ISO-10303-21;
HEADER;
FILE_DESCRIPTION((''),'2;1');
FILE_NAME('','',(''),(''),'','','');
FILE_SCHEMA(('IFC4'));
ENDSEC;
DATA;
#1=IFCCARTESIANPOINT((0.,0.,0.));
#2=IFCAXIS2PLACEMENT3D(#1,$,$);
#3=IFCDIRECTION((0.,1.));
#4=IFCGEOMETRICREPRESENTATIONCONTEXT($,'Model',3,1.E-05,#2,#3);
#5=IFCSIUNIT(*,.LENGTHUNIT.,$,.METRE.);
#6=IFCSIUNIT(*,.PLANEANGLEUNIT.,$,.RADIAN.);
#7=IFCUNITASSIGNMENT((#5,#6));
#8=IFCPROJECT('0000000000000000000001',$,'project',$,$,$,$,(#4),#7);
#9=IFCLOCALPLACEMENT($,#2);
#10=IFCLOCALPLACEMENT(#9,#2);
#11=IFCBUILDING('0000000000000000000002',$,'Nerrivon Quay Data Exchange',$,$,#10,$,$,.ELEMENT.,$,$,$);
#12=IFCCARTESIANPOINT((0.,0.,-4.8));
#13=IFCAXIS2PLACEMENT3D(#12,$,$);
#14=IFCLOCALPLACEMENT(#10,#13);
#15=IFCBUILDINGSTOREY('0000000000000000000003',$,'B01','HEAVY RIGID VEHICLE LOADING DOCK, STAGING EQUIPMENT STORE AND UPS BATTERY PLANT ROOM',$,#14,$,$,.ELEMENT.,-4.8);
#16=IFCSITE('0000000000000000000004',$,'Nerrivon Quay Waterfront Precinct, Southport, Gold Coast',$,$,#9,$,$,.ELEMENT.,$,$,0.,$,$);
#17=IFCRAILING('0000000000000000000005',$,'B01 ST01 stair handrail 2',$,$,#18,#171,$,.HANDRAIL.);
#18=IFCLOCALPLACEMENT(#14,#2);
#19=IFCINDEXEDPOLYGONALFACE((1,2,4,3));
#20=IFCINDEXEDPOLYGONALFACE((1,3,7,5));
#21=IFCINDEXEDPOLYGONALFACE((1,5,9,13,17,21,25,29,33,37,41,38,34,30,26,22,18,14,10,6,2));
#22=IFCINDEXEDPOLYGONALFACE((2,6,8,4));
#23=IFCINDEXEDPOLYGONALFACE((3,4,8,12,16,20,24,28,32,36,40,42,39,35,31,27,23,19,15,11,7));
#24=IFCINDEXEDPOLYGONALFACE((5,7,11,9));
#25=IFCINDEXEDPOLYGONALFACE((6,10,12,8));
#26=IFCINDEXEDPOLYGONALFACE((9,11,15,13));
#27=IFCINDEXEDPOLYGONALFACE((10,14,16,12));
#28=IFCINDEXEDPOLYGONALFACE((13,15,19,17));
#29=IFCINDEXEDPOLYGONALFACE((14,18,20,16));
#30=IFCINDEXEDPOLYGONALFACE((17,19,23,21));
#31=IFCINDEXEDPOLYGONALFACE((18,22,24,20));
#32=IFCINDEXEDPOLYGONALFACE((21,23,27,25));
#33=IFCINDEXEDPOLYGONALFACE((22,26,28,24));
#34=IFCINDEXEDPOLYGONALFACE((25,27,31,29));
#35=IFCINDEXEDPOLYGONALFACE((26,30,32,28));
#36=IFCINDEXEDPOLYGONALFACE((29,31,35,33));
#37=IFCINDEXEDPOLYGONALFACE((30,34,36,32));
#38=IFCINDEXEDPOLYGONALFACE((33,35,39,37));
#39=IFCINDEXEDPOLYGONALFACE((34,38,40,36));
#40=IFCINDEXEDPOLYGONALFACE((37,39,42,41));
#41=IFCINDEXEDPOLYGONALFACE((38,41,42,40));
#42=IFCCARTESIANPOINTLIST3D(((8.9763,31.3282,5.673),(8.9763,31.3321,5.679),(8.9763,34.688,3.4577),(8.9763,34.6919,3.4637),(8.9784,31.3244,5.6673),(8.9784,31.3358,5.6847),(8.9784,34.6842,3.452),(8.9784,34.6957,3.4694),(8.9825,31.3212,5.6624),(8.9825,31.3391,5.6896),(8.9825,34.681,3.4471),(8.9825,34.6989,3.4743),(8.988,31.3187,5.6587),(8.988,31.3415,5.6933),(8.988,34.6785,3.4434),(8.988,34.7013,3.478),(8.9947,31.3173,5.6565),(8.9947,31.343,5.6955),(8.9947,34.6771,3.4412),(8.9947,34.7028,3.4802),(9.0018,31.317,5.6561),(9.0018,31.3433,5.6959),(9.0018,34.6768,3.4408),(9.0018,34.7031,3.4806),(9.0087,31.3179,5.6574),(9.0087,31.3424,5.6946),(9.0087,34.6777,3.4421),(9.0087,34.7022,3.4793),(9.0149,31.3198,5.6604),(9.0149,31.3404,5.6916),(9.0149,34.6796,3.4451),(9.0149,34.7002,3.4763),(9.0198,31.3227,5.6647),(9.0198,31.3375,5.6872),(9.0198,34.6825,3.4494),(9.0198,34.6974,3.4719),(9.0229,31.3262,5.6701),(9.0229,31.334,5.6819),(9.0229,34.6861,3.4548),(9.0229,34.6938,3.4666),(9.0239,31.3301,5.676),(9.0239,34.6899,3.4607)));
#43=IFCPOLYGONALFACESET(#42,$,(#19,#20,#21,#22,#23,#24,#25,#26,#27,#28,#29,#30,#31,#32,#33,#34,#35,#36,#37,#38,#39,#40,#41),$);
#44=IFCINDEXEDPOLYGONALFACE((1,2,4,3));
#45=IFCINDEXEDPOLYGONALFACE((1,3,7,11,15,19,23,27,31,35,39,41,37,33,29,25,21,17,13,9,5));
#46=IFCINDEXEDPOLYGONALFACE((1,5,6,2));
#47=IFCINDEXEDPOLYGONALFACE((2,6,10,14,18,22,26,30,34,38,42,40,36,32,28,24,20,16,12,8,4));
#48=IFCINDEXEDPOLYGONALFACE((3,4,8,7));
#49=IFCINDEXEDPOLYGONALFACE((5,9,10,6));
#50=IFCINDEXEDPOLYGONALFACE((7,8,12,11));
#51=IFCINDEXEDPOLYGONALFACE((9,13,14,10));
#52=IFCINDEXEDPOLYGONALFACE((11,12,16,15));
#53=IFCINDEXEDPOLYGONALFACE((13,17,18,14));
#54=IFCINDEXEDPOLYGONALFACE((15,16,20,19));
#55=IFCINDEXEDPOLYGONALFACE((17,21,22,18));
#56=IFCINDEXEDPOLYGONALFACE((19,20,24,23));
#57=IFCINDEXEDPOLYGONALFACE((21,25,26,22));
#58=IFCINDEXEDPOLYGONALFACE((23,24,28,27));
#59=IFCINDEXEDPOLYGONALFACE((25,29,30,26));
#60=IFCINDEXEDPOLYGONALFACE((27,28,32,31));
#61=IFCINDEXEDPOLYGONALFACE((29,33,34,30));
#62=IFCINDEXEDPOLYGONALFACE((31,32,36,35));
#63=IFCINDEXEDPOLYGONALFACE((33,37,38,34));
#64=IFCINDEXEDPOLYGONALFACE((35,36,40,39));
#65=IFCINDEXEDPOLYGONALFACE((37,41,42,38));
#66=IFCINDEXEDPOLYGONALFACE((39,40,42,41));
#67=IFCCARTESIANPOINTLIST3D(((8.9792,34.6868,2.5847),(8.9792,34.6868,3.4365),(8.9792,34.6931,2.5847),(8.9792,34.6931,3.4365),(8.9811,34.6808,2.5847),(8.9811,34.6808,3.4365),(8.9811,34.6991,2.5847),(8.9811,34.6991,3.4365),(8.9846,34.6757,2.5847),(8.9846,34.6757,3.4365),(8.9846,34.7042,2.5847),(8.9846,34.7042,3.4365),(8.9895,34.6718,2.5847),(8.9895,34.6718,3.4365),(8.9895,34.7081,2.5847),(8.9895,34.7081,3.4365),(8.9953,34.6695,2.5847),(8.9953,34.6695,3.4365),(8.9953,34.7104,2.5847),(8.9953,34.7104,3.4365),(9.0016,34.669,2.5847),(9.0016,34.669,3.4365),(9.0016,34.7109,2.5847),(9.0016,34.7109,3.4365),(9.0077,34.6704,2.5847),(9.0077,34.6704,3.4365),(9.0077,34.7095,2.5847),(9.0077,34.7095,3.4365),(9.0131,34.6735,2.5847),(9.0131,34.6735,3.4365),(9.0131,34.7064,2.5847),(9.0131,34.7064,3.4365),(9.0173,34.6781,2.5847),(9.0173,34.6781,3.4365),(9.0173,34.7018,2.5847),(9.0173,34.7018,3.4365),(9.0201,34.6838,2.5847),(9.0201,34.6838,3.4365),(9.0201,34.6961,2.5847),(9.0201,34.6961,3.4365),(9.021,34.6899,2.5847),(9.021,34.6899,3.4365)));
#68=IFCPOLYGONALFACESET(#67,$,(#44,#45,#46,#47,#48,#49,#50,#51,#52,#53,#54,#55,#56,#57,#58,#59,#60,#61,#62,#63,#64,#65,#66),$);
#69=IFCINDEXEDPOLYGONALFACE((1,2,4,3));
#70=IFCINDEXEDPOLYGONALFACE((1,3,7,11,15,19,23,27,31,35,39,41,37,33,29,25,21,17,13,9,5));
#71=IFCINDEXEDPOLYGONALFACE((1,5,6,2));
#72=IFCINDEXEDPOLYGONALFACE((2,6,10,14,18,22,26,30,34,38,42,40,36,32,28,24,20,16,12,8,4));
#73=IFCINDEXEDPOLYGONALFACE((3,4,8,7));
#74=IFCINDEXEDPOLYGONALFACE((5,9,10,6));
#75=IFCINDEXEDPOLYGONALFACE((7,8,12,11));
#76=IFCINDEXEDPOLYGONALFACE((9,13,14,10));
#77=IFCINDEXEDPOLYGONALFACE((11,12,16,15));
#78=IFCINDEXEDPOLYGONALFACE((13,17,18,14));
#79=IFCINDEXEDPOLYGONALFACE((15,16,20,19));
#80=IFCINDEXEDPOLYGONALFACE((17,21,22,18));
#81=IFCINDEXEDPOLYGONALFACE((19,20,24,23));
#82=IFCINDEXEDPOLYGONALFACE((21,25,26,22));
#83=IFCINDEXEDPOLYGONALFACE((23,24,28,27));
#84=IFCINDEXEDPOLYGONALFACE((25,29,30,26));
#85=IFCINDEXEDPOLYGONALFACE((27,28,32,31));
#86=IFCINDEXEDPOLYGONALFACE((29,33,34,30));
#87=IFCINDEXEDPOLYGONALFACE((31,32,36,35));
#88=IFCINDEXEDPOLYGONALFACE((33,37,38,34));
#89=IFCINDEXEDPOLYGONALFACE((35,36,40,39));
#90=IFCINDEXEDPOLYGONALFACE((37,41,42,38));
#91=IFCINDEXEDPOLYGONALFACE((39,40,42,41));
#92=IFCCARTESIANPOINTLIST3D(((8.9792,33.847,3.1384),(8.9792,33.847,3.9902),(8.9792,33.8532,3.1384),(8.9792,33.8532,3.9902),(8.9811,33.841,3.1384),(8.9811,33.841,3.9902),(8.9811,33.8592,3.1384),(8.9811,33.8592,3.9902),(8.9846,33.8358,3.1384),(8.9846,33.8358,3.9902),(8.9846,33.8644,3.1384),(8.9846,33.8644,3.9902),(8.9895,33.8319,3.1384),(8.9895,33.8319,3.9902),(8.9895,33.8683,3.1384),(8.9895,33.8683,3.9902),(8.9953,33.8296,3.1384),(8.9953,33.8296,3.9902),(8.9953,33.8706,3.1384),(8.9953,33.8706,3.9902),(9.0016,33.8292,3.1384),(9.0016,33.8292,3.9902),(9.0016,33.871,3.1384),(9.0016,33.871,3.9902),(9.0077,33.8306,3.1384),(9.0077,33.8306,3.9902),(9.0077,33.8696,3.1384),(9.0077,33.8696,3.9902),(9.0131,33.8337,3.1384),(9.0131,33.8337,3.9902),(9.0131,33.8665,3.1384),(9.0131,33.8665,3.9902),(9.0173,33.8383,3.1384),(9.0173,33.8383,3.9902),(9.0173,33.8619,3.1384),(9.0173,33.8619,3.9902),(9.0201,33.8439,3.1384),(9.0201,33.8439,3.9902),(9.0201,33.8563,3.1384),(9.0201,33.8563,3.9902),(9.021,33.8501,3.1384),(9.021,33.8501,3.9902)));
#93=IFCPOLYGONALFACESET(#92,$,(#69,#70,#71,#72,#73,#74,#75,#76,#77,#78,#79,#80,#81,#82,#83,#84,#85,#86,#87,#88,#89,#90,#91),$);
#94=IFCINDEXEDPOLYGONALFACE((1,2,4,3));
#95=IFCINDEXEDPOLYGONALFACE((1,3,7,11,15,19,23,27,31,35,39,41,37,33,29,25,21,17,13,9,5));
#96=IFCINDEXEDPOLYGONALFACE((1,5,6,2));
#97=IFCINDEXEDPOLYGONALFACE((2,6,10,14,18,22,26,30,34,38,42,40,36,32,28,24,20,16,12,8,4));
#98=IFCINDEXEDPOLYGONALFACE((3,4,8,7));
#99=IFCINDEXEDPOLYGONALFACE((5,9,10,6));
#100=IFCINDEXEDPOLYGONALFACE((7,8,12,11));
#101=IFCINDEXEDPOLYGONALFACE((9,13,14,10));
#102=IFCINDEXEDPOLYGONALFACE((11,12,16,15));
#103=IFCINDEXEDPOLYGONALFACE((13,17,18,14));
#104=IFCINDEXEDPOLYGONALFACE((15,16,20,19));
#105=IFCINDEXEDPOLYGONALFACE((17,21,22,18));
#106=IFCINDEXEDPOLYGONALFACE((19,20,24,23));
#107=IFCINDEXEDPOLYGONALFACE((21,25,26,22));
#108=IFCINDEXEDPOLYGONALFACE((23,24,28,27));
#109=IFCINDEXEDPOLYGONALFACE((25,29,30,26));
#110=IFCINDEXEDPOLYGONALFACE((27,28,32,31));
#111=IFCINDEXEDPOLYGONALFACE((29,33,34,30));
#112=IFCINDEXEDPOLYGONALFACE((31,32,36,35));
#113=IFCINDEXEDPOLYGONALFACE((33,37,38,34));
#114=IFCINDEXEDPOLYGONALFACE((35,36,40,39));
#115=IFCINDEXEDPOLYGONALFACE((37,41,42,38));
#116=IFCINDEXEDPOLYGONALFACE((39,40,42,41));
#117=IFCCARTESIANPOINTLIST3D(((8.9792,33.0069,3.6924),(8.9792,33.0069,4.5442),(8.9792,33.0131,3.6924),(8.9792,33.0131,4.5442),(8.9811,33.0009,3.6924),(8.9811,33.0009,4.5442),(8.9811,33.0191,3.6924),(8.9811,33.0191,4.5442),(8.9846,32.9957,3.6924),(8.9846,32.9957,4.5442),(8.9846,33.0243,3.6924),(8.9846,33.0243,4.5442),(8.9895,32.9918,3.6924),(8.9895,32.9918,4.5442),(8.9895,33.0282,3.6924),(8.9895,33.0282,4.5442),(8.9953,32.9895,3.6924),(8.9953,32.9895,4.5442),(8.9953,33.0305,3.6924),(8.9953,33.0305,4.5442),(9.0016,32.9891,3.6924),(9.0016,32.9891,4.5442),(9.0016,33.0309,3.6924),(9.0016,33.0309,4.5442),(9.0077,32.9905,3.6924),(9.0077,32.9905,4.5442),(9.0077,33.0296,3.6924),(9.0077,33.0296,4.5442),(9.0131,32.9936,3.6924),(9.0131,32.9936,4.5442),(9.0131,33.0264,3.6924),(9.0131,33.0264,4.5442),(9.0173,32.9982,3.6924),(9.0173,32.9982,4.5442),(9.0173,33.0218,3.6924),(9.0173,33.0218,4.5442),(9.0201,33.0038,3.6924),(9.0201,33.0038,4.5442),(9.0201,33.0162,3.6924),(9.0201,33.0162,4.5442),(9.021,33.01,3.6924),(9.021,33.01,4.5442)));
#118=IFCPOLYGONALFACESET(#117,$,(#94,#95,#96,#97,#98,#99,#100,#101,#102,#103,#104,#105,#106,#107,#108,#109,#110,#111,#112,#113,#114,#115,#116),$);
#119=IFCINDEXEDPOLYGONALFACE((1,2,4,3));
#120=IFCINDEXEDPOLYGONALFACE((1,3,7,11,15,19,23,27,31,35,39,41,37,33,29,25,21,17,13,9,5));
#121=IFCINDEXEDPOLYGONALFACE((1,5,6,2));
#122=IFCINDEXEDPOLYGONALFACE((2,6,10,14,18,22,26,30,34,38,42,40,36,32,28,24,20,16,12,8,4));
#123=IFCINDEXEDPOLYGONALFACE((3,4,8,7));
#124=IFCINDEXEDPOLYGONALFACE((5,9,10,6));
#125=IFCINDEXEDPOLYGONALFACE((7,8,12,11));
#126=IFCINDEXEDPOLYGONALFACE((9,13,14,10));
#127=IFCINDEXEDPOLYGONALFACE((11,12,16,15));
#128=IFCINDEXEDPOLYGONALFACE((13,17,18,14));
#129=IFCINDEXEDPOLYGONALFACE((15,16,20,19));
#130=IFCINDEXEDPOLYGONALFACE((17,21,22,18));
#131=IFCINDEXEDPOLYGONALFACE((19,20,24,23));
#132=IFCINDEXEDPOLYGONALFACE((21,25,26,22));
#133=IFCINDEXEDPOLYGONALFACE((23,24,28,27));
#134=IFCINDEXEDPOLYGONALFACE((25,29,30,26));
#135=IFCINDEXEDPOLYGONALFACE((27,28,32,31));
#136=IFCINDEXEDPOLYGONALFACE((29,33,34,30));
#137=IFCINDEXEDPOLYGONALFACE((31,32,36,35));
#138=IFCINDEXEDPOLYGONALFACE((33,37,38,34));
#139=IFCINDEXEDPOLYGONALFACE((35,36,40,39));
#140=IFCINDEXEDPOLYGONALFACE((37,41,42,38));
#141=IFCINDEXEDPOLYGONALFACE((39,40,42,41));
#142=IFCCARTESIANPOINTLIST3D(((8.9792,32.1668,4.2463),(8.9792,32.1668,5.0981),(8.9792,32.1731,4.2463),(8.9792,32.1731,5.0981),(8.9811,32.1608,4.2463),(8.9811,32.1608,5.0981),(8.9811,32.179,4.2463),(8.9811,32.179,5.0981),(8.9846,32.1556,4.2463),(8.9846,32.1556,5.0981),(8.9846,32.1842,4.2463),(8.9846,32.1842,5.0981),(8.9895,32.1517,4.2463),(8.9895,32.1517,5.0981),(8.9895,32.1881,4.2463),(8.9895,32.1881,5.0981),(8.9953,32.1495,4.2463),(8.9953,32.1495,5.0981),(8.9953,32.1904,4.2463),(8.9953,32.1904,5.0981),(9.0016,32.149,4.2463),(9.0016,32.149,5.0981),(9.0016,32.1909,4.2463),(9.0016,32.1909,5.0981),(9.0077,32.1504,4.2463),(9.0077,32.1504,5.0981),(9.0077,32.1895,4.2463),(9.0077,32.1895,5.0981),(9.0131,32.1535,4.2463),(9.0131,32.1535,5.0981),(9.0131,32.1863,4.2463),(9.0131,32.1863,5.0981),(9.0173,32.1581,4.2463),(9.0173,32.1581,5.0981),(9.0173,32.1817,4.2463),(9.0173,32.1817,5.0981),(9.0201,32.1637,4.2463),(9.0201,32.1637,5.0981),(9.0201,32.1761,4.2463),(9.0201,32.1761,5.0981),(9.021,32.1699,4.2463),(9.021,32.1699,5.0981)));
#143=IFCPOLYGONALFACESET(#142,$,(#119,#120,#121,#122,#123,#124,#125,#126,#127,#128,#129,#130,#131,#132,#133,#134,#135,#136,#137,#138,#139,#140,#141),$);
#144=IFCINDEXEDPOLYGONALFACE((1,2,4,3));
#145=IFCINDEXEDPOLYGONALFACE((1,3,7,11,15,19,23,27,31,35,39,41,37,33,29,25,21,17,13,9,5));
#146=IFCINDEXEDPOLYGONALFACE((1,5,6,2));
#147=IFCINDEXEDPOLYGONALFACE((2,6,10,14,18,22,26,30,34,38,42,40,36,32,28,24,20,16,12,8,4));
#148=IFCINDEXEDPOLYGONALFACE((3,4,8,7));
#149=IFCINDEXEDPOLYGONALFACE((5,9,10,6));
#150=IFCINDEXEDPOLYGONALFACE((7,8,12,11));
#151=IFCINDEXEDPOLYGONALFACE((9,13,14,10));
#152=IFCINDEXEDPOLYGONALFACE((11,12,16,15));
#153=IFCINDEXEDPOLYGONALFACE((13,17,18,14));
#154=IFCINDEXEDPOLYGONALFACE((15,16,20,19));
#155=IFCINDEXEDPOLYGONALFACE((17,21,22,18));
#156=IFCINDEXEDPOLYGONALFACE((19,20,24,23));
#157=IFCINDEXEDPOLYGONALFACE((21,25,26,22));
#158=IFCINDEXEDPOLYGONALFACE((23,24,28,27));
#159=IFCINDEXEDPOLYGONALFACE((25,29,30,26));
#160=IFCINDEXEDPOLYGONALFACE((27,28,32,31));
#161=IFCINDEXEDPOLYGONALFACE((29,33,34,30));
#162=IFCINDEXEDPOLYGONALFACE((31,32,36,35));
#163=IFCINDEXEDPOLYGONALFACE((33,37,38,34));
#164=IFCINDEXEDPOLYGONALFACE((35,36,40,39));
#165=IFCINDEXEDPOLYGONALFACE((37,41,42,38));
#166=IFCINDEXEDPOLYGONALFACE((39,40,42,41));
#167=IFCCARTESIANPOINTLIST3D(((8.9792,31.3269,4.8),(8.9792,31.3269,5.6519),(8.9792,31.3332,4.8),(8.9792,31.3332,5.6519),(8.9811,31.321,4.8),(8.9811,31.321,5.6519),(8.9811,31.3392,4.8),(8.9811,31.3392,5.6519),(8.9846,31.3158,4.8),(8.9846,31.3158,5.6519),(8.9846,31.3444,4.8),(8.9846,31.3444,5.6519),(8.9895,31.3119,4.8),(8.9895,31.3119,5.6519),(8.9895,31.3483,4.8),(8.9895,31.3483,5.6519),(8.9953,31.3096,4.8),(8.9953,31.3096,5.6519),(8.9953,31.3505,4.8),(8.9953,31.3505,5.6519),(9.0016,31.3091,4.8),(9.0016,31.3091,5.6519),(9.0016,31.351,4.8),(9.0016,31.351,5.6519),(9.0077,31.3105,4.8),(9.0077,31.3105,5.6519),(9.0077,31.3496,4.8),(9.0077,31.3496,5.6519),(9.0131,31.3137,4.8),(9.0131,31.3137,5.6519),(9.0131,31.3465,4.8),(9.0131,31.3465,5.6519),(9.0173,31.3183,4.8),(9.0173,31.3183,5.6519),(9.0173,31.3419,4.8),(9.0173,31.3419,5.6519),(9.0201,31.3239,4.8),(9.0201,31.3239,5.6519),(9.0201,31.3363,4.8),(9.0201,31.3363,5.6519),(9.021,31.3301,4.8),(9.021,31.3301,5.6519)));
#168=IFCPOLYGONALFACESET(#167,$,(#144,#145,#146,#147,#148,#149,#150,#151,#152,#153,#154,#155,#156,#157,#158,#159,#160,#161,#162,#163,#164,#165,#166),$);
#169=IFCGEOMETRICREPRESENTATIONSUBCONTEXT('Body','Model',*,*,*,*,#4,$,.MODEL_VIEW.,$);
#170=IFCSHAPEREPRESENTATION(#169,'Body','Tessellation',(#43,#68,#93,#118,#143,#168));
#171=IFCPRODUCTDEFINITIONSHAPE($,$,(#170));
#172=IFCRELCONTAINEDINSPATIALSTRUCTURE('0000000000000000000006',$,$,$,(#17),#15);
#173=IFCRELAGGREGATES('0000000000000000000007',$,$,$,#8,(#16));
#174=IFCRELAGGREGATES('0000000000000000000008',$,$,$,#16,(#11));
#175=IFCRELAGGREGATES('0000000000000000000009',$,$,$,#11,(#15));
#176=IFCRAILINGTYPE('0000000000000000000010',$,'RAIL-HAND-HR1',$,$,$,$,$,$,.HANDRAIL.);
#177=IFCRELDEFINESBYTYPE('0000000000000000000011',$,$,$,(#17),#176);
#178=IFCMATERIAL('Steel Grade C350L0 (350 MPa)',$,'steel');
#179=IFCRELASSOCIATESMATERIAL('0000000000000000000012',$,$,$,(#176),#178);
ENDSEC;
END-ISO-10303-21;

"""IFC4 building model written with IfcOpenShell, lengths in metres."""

from ifc_helpers import new_model, si_unit, direction, frame, origin, origin_2d, place, context, subcontext, project, spatial, circle, extrude, material, type_object, element, save


model = new_model("IFC4")

# Units and contexts
model_context = context("Model", 3, precision=1e-05, world=origin(), true_north=direction((0.0, 1.0)))
body_context = subcontext(model_context, "Body", "Model", "MODEL_VIEW")
ifc_project = project(units=[si_unit("LENGTHUNIT", "METRE"), si_unit("PLANEANGLEUNIT", "RADIAN")], contexts=[model_context])

# Site, building, storey
site_placement = place(None, origin())
site = spatial("IfcSite", under=ifc_project, at=site_placement, Name="Nerrivon Quay Waterfront Precinct, Southport, Gold Coast", CompositionType="ELEMENT", RefElevation=0.0)
building_placement = place(site_placement, origin())
building = spatial("IfcBuilding", under=site, at=building_placement, Name="Nerrivon Quay Data Exchange", CompositionType="ELEMENT")
storey_placement = place(building_placement, frame((0.0, 0.0, -4.8)))
storey = spatial("IfcBuildingStorey", under=building, at=storey_placement, Name="B01", Description="HEAVY RIGID VEHICLE LOADING DOCK, STAGING EQUIPMENT STORE AND UPS BATTERY PLANT ROOM", CompositionType="ELEMENT", Elevation=-4.8)

# Railing
ifc_material_1 = material(Name="Steel Grade C350L0 (350 MPa)", Category="steel")
railing_type_1 = type_object("IfcRailingType", Name="RAIL-HAND-HR1", PredefinedType="HANDRAIL", material=ifc_material_1)
railing_1_placement = place(storey_placement, frame((9.0, 34.6899, 2.5847)))
element("IfcRailing", 1, at=railing_1_placement, inside=storey, type_object=railing_type_1, Name="B01 ST01 stair handrail 2", PredefinedType="HANDRAIL", context=body_context, shape_type="SweptSolid", body=[
    extrude(circle(Radius=0.0239, at=origin_2d()), frame((0.0, 0.0, 0.876), z_axis=(0.0, -0.834858, 0.550465), x_axis=(1.0, 0.0, 0.0)), (0.0, 0.0, 1.0), 4.0244),
    extrude(circle(Radius=0.021, at=origin_2d()), origin(), (0.0, 0.0, 1.0), 0.8518),
    extrude(circle(Radius=0.021, at=origin_2d()), frame((0.0, -0.8398, 0.5537)), (0.0, 0.0, 1.0), 0.8518),
    extrude(circle(Radius=0.021, at=origin_2d()), frame((0.0, -1.6799, 1.1077)), (0.0, 0.0, 1.0), 0.8518),
    extrude(circle(Radius=0.021, at=origin_2d()), frame((0.0, -2.52, 1.6616)), (0.0, 0.0, 1.0), 0.8518),
    extrude(circle(Radius=0.021, at=origin_2d()), frame((0.0, -3.3599, 2.2153)), (0.0, 0.0, 1.0), 0.8518),
])

save(model, "model.ifc")
